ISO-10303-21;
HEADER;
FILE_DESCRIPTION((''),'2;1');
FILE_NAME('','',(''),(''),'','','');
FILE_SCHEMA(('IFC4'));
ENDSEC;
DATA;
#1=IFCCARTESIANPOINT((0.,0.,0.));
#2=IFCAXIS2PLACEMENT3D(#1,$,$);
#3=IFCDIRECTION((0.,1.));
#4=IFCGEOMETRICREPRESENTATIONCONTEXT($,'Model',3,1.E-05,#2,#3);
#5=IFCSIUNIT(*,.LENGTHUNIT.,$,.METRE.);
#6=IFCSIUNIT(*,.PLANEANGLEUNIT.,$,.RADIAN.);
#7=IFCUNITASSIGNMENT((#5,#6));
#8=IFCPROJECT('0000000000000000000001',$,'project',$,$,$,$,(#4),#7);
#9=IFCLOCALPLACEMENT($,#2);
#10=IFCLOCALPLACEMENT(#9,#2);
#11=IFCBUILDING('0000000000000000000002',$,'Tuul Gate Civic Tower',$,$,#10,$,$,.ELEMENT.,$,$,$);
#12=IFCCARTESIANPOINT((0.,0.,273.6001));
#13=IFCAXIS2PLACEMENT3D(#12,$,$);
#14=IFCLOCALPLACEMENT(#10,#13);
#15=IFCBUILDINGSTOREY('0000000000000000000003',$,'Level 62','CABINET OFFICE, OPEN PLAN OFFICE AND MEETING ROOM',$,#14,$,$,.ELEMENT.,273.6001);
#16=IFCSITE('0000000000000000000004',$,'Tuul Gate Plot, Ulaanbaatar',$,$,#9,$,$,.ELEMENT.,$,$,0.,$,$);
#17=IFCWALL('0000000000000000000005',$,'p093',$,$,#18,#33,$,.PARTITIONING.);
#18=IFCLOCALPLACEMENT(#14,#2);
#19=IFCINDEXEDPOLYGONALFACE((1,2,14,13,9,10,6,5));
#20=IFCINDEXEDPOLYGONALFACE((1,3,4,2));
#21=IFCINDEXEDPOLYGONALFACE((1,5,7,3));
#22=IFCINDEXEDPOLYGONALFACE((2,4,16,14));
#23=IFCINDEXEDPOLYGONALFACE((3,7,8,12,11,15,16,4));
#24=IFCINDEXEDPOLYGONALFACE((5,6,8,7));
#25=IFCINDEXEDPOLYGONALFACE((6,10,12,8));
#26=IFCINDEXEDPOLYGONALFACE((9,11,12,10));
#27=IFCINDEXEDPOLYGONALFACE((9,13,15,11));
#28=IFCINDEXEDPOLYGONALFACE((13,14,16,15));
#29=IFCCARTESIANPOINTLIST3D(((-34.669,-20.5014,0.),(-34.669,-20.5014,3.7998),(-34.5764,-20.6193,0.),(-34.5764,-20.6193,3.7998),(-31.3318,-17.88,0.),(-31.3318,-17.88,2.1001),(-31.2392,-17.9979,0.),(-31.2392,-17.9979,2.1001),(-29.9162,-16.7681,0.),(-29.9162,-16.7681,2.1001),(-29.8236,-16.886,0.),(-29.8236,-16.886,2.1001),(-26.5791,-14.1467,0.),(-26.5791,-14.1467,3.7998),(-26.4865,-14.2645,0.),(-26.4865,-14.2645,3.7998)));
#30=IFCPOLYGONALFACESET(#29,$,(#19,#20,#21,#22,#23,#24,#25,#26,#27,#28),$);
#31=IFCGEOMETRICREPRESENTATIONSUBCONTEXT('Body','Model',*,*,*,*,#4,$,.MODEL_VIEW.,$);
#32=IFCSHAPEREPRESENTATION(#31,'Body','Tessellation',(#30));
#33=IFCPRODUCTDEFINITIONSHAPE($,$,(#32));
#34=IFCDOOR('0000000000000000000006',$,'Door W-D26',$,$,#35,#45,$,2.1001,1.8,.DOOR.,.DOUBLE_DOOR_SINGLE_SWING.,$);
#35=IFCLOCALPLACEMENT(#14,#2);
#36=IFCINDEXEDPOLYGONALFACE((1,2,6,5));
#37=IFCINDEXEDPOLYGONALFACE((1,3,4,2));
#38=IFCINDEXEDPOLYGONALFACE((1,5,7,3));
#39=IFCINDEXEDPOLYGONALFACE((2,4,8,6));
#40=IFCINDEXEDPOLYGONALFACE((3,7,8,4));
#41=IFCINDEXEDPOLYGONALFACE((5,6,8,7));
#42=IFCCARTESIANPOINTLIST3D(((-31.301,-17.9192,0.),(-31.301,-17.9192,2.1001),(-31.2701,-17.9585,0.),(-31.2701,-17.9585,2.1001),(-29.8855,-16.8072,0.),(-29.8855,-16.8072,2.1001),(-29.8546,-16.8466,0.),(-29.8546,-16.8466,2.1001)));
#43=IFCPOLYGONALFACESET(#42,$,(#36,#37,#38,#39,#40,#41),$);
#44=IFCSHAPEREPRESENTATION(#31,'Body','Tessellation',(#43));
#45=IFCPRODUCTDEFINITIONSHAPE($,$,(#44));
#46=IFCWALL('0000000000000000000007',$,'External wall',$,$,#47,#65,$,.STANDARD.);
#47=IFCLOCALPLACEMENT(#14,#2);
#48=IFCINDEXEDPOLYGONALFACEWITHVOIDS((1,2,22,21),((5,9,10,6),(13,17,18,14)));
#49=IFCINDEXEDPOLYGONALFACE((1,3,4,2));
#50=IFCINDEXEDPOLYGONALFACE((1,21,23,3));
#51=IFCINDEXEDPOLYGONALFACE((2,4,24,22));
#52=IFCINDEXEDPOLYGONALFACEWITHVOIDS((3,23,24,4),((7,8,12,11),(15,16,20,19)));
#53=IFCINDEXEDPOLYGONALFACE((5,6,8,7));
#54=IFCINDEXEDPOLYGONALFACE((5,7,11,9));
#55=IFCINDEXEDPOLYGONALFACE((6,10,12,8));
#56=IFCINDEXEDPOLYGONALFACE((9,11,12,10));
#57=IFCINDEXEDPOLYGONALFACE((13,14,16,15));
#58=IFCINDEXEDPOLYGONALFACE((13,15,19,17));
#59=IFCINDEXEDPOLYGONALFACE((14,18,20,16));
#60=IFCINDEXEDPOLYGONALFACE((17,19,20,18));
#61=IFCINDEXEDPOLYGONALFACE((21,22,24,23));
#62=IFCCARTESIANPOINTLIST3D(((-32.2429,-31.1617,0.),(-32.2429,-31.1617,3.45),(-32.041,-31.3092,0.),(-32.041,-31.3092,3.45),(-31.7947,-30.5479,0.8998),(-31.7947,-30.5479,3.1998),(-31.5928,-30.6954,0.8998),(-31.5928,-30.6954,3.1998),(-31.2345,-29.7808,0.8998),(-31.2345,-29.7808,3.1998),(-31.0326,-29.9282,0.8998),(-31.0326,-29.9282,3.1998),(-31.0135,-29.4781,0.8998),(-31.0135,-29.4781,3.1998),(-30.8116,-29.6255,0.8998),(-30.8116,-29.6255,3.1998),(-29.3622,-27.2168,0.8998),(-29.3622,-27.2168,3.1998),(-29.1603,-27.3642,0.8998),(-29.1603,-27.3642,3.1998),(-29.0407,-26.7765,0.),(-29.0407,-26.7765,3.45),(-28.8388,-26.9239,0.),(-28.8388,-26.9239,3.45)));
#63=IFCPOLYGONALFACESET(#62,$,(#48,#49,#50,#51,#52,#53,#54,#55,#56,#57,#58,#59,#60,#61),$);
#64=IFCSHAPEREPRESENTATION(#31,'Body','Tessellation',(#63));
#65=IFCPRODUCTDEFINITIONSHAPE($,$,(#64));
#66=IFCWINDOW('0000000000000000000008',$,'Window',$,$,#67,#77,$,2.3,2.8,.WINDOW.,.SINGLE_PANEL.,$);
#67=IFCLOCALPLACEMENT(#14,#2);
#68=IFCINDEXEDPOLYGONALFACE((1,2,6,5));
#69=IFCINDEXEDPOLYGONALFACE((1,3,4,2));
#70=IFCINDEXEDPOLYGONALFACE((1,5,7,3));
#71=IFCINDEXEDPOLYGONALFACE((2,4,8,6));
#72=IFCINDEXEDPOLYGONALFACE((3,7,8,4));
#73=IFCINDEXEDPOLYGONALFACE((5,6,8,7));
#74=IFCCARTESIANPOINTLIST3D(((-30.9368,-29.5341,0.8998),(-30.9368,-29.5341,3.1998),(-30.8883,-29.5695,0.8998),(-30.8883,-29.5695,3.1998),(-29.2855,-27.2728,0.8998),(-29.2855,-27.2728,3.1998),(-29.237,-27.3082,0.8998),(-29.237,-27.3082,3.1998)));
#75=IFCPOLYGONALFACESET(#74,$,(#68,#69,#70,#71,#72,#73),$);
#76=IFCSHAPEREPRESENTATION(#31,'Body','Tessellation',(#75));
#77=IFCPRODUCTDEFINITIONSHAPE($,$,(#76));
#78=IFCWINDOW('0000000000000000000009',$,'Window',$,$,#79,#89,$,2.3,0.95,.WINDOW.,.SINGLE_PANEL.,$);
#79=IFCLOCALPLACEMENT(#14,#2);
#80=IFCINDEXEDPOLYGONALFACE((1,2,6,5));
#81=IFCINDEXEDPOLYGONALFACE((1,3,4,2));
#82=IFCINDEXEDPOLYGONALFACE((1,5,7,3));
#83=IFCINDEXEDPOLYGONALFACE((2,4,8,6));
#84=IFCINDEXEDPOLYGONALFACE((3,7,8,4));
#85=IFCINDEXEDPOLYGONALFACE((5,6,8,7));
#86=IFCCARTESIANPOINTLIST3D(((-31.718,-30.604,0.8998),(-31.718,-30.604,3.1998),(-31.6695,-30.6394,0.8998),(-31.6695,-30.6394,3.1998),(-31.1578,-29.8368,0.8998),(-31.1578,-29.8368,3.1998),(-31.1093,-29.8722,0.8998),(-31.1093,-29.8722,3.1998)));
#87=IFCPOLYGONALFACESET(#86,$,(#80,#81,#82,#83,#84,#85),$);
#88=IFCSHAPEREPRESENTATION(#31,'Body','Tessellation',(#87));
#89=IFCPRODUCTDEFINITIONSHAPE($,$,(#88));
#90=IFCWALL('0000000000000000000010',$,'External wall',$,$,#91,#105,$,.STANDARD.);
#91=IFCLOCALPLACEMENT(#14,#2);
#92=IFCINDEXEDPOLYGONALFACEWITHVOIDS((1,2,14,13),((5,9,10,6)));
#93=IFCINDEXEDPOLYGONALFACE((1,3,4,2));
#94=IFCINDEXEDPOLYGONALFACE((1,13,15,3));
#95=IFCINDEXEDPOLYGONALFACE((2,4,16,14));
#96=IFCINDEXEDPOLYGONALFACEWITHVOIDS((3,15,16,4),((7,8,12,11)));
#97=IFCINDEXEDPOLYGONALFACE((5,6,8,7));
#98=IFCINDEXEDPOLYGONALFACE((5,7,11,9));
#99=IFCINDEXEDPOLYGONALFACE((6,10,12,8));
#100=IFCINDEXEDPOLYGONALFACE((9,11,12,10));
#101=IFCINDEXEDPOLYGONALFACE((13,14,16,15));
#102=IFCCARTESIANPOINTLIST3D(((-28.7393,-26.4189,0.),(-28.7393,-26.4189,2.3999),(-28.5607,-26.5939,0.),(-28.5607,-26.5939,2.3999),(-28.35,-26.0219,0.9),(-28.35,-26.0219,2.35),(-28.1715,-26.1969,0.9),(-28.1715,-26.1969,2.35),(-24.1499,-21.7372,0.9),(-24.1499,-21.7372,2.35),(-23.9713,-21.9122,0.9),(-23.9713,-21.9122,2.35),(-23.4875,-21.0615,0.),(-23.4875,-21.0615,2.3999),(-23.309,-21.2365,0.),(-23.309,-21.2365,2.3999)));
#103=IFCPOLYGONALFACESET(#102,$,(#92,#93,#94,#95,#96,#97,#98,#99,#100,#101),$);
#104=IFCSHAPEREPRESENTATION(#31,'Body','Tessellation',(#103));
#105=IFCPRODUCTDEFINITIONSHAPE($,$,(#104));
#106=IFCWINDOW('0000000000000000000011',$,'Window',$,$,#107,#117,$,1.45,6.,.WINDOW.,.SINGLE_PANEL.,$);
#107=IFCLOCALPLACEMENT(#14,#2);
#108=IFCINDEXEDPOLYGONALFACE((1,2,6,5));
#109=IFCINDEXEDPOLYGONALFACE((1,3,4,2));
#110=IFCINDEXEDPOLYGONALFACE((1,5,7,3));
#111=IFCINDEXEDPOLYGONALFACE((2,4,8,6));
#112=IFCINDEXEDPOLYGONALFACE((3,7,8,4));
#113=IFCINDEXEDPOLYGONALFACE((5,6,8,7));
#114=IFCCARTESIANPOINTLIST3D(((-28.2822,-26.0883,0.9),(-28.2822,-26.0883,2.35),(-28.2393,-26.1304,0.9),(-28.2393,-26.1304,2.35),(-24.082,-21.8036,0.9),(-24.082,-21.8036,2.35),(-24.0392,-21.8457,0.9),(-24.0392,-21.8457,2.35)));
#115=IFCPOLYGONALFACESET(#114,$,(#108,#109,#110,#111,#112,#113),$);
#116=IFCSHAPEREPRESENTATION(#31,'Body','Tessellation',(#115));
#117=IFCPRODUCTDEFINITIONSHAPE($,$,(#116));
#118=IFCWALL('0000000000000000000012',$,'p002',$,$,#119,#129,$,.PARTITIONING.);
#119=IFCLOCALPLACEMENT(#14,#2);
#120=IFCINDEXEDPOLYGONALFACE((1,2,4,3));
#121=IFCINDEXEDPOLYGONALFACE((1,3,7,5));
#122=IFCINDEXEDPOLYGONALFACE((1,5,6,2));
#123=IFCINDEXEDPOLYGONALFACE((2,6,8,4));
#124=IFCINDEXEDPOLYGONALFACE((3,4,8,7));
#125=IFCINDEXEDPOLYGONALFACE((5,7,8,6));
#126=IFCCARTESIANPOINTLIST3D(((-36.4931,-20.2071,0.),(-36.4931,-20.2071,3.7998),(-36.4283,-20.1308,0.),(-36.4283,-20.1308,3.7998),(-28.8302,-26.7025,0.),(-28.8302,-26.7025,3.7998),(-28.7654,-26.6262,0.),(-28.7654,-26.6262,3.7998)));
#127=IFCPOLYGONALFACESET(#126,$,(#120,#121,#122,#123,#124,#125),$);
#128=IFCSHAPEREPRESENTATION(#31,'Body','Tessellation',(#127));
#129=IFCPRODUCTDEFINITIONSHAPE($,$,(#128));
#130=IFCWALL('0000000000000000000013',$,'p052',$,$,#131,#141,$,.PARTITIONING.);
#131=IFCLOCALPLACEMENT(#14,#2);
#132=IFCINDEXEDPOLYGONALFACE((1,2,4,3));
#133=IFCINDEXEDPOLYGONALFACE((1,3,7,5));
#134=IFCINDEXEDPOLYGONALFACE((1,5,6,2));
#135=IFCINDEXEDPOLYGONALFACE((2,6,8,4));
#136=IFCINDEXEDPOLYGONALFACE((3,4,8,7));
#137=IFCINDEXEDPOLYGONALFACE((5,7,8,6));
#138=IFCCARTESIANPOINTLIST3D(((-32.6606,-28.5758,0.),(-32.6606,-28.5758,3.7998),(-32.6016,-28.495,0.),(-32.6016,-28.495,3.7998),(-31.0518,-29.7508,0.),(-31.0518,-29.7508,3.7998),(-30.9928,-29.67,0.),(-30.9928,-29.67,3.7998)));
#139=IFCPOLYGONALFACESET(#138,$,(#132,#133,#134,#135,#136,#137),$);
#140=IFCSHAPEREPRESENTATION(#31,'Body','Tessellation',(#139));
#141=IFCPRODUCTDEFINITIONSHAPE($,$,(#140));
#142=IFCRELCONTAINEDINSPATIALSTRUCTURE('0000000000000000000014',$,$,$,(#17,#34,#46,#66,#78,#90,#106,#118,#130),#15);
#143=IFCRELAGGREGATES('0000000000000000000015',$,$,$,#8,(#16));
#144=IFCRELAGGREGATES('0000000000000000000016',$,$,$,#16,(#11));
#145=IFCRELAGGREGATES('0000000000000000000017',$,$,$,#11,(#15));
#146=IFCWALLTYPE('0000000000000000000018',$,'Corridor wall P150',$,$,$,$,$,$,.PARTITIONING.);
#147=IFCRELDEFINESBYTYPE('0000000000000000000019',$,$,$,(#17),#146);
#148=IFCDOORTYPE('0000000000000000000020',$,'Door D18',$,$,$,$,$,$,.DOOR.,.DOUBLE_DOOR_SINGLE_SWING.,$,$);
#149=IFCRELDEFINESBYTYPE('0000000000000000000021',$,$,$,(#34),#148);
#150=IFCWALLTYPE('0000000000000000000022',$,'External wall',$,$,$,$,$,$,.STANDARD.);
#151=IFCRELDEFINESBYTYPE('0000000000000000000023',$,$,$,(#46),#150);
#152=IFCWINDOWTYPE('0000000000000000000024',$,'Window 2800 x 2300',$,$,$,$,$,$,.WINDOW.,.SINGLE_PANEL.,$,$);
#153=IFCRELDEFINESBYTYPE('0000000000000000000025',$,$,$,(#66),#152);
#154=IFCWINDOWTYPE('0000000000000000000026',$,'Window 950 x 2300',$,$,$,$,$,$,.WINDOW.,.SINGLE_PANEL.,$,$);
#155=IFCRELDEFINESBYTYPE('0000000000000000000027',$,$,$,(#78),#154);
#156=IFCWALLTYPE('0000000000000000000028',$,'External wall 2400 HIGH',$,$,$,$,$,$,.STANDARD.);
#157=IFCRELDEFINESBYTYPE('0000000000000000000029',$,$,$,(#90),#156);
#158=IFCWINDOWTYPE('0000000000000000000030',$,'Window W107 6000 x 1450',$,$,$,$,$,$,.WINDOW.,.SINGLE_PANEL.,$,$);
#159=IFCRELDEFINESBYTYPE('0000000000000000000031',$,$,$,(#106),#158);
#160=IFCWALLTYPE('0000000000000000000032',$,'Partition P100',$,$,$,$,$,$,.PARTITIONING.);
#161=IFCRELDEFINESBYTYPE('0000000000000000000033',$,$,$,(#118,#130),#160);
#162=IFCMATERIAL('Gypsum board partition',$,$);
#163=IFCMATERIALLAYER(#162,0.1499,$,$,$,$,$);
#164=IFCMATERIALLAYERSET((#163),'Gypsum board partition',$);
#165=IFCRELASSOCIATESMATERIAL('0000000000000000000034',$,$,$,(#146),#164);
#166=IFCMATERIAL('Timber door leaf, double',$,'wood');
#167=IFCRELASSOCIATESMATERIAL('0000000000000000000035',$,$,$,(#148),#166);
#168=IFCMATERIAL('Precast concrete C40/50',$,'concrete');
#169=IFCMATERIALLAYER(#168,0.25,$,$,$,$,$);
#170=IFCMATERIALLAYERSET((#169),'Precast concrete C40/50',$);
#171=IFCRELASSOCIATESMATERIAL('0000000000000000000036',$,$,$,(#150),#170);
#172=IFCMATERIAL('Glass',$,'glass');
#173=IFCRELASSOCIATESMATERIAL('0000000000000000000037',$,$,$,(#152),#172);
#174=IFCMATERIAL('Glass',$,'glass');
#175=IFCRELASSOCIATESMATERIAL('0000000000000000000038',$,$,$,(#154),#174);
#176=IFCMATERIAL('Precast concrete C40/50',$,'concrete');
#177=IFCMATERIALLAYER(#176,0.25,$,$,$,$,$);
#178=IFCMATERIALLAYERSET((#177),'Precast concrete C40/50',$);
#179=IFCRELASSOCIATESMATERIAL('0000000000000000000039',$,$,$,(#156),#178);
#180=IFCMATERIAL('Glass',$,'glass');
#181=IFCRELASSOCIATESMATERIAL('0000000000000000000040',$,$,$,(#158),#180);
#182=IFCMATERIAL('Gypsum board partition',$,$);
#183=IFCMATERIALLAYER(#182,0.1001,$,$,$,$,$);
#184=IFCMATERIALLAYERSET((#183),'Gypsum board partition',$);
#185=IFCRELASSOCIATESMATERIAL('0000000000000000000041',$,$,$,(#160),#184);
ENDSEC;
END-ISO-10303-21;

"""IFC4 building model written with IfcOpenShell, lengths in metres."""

from ifc_helpers import new_model, si_unit, direction, frame, frame_2d, origin, place, context, subcontext, project, spatial, rectangle, extrude, material, layer, layer_set, type_object, element, fill, save


model = new_model("IFC4")

# Units and contexts
model_context = context("Model", 3, precision=1e-05, world=origin(), true_north=direction((0.0, 1.0)))
body_context = subcontext(model_context, "Body", "Model", "MODEL_VIEW")
ifc_project = project(units=[si_unit("LENGTHUNIT", "METRE"), si_unit("PLANEANGLEUNIT", "RADIAN")], contexts=[model_context])

# Site, building, storey
site_placement = place(None, origin())
site = spatial("IfcSite", under=ifc_project, at=site_placement, Name="Tuul Gate Plot, Ulaanbaatar", CompositionType="ELEMENT", RefElevation=0.0)
building_placement = place(site_placement, origin())
building = spatial("IfcBuilding", under=site, at=building_placement, Name="Tuul Gate Civic Tower", CompositionType="ELEMENT")
storey_placement = place(building_placement, frame((0.0, 0.0, 273.6001)))
storey = spatial("IfcBuildingStorey", under=building, at=storey_placement, Name="Level 62", Description="CABINET OFFICE, OPEN PLAN OFFICE AND MEETING ROOM", CompositionType="ELEMENT", Elevation=273.6001)

# Shared definitions
ifc_material_1 = material(Name="Gypsum board partition")
ifc_layer_1 = layer(ifc_material_1, 0.1499)
ifc_layer_set_1 = layer_set([ifc_layer_1], Name="Gypsum board partition")
wall_type_1 = type_object("IfcWallType", Name="Corridor wall P150", PredefinedType="PARTITIONING", material=ifc_layer_set_1)

# Wall, opening, door
wall_1_placement = place(storey_placement, frame((-34.6226, -20.5603, 0.0), z_axis=(0.0, 0.0, 1.0), x_axis=(0.786392, 0.617727, 0.0)))
wall_1 = element("IfcWall", 1, at=wall_1_placement, inside=storey, type_object=wall_type_1, Name="p093", PredefinedType="PARTITIONING", context=body_context, shape_type="SweptSolid", body=[
    extrude(rectangle(XDim=10.2874, YDim=0.1499, at=frame_2d((5.1436, 0.0))), origin(), (0.0, 0.0, 1.0), 3.7998),
])
opening_1_placement = place(wall_1_placement, frame((4.2437, 0.0, 0.0)))
opening_1 = element("IfcOpeningElement", 2, at=opening_1_placement, cuts=wall_1, PredefinedType="OPENING", context=body_context, shape_type="SweptSolid", body=[
    extrude(rectangle(XDim=1.8, YDim=2.1001, at=frame_2d((0.8999, 1.05))), frame((0.0, 0.085, 0.0), z_axis=(0.0, -1.0, 0.0), x_axis=(1.0, 0.0, 0.0)), (0.0, 0.0, 1.0), 0.1699),
])
ifc_material_2 = material(Name="Timber door leaf, double", Category="wood")
door_type = type_object("IfcDoorType", Name="Door D18", OperationType="DOUBLE_DOOR_SINGLE_SWING", PredefinedType="DOOR", material=ifc_material_2)
door_placement = place(opening_1_placement, frame((1.8, 0.0, 0.0), z_axis=(0.0, 0.0, 1.0), x_axis=(-1.0, 0.0, 0.0)))
door = element("IfcDoor", 3, at=door_placement, inside=storey, type_object=door_type, Name="Door W-D26", OperationType="DOUBLE_DOOR_SINGLE_SWING", OverallHeight=2.1001, OverallWidth=1.8, PredefinedType="DOOR", context=body_context, shape_type="SweptSolid", body=[
    extrude(rectangle(XDim=1.8, YDim=2.1001, at=frame_2d((0.9001, 1.05))), frame((0.0, 0.0249, 0.0), z_axis=(0.0, -1.0, 0.0), x_axis=(1.0, 0.0, 0.0)), (0.0, 0.0, 1.0), 0.05),
])
fill(opening_1, door)

# Wall, openings, windows
ifc_material_3 = material(Name="Precast concrete C40/50", Category="concrete")
ifc_layer_2 = layer(ifc_material_3, 0.25)
ifc_layer_set_2 = layer_set([ifc_layer_2], Name="Precast concrete C40/50")
wall_type_2 = type_object("IfcWallType", Name="External wall", PredefinedType="STANDARD", material=ifc_layer_set_2)
wall_2_placement = place(storey_placement, frame((-32.1418, -31.2354, 0.0), z_axis=(0.0, 0.0, 1.0), x_axis=(0.589721, 0.807607, 0.0)))
wall_2 = element("IfcWall", 4, at=wall_2_placement, inside=storey, type_object=wall_type_2, Name="External wall", PredefinedType="STANDARD", context=body_context, shape_type="SweptSolid", body=[
    extrude(rectangle(XDim=5.4299, YDim=0.25, at=frame_2d((2.7148, 0.0))), origin(), (0.0, 0.0, 1.0), 3.45),
])
opening_2_placement = place(wall_2_placement, frame((0.7598, 0.0, 0.8999)))
opening_2 = element("IfcOpeningElement", 5, at=opening_2_placement, cuts=wall_2, PredefinedType="OPENING", context=body_context, shape_type="SweptSolid", body=[
    extrude(rectangle(XDim=0.95, YDim=2.3, at=frame_2d((0.4751, 1.1499))), frame((0.0, 0.135, 0.0), z_axis=(0.0, -1.0, 0.0), x_axis=(1.0, 0.0, 0.0)), (0.0, 0.0, 1.0), 0.27),
])
opening_3_placement = place(wall_2_placement, frame((2.0847, 0.0, 0.8999)))
opening_3 = element("IfcOpeningElement", 6, at=opening_3_placement, cuts=wall_2, PredefinedType="OPENING", context=body_context, shape_type="SweptSolid", body=[
    extrude(rectangle(XDim=2.8, YDim=2.3, at=frame_2d((1.3999, 1.1499))), frame((0.0, 0.135, 0.0), z_axis=(0.0, -1.0, 0.0), x_axis=(1.0, 0.0, 0.0)), (0.0, 0.0, 1.0), 0.27),
])
ifc_material_4 = material(Name="Glass", Category="glass")
window_type_1 = type_object("IfcWindowType", Name="Window 2800 x 2300", PartitioningType="SINGLE_PANEL", PredefinedType="WINDOW", material=ifc_material_4)
window_1_placement = place(opening_3_placement, origin())
window_1 = element("IfcWindow", 7, at=window_1_placement, inside=storey, type_object=window_type_1, Name="Window", OverallHeight=2.3, OverallWidth=2.8, PartitioningType="SINGLE_PANEL", PredefinedType="WINDOW", context=body_context, shape_type="SweptSolid", body=[
    extrude(rectangle(XDim=2.8, YDim=2.3, at=frame_2d((1.3999, 1.1499))), frame((0.0, 0.03, 0.0), z_axis=(0.0, -1.0, 0.0), x_axis=(1.0, 0.0, 0.0)), (0.0, 0.0, 1.0), 0.0601),
])
fill(opening_3, window_1)
ifc_material_5 = material(Name="Glass", Category="glass")
window_type_2 = type_object("IfcWindowType", Name="Window 950 x 2300", PartitioningType="SINGLE_PANEL", PredefinedType="WINDOW", material=ifc_material_5)
window_2_placement = place(opening_2_placement, origin())
window_2 = element("IfcWindow", 8, at=window_2_placement, inside=storey, type_object=window_type_2, Name="Window", OverallHeight=2.3, OverallWidth=0.95, PartitioningType="SINGLE_PANEL", PredefinedType="WINDOW", context=body_context, shape_type="SweptSolid", body=[
    extrude(rectangle(XDim=0.95, YDim=2.3, at=frame_2d((0.4751, 1.1499))), frame((0.0, 0.03, 0.0), z_axis=(0.0, -1.0, 0.0), x_axis=(1.0, 0.0, 0.0)), (0.0, 0.0, 1.0), 0.0601),
])
fill(opening_2, window_2)

# Wall, opening, window
ifc_material_6 = material(Name="Precast concrete C40/50", Category="concrete")
ifc_layer_3 = layer(ifc_material_6, 0.25)
ifc_layer_set_3 = layer_set([ifc_layer_3], Name="Precast concrete C40/50")
wall_type_3 = type_object("IfcWallType", Name="External wall 2400 HIGH", PredefinedType="STANDARD", material=ifc_layer_set_3)
wall_3_placement = place(storey_placement, frame((-28.6499, -26.5063, 0.0), z_axis=(0.0, 0.0, 1.0), x_axis=(0.700026, 0.714117, 0.0)))
wall_3 = element("IfcWall", 9, at=wall_3_placement, inside=storey, type_object=wall_type_3, Name="External wall", PredefinedType="STANDARD", context=body_context, shape_type="SweptSolid", body=[
    extrude(rectangle(XDim=7.5022, YDim=0.25, at=frame_2d((3.751, 0.0))), origin(), (0.0, 0.0, 1.0), 2.3999),
])
opening_4_placement = place(wall_3_placement, frame((0.5559, 0.0, 0.8999)))
opening_4 = element("IfcOpeningElement", 10, at=opening_4_placement, cuts=wall_3, PredefinedType="OPENING", context=body_context, shape_type="SweptSolid", body=[
    extrude(rectangle(XDim=6.0, YDim=1.45, at=frame_2d((3.0, 0.7251))), frame((0.0, 0.135, 0.0), z_axis=(0.0, -1.0, 0.0), x_axis=(1.0, 0.0, 0.0)), (0.0, 0.0, 1.0), 0.27),
])
ifc_material_7 = material(Name="Glass", Category="glass")
window_type_3 = type_object("IfcWindowType", Name="Window W107 6000 x 1450", PartitioningType="SINGLE_PANEL", PredefinedType="WINDOW", material=ifc_material_7)
window_3_placement = place(opening_4_placement, origin())
window_3 = element("IfcWindow", 11, at=window_3_placement, inside=storey, type_object=window_type_3, Name="Window", OverallHeight=1.45, OverallWidth=6.0, PartitioningType="SINGLE_PANEL", PredefinedType="WINDOW", context=body_context, shape_type="SweptSolid", body=[
    extrude(rectangle(XDim=6.0, YDim=1.45, at=frame_2d((3.0, 0.7251))), frame((0.0, 0.03, 0.0), z_axis=(0.0, -1.0, 0.0), x_axis=(1.0, 0.0, 0.0)), (0.0, 0.0, 1.0), 0.0601),
])
fill(opening_4, window_3)

# Walls
ifc_material_8 = material(Name="Gypsum board partition")
ifc_layer_4 = layer(ifc_material_8, 0.1001)
ifc_layer_set_4 = layer_set([ifc_layer_4], Name="Gypsum board partition")
wall_type_4 = type_object("IfcWallType", Name="Partition P100", PredefinedType="PARTITIONING", material=ifc_layer_set_4)
wall_4_placement = place(storey_placement, frame((-36.4607, -20.1689, 0.0), z_axis=(0.0, 0.0, 1.0), x_axis=(0.762826, -0.646604, 0.0)))
element("IfcWall", 12, at=wall_4_placement, inside=storey, type_object=wall_type_4, Name="p002", PredefinedType="PARTITIONING", context=body_context, shape_type="SweptSolid", body=[
    extrude(rectangle(XDim=10.0454, YDim=0.1001, at=frame_2d((5.0227, 0.0))), origin(), (0.0, 0.0, 1.0), 3.7998),
])
wall_5_placement = place(storey_placement, frame((-32.6311, -28.5354, 0.0), z_axis=(0.0, 0.0, 1.0), x_axis=(0.807553, -0.589795, 0.0)))
element("IfcWall", 13, at=wall_5_placement, inside=storey, type_object=wall_type_4, Name="p052", PredefinedType="PARTITIONING", context=body_context, shape_type="SweptSolid", body=[
    extrude(rectangle(XDim=1.9922, YDim=0.1001, at=frame_2d((0.9961, 0.0))), origin(), (0.0, 0.0, 1.0), 3.7998),
])

save(model, "model.ifc")
